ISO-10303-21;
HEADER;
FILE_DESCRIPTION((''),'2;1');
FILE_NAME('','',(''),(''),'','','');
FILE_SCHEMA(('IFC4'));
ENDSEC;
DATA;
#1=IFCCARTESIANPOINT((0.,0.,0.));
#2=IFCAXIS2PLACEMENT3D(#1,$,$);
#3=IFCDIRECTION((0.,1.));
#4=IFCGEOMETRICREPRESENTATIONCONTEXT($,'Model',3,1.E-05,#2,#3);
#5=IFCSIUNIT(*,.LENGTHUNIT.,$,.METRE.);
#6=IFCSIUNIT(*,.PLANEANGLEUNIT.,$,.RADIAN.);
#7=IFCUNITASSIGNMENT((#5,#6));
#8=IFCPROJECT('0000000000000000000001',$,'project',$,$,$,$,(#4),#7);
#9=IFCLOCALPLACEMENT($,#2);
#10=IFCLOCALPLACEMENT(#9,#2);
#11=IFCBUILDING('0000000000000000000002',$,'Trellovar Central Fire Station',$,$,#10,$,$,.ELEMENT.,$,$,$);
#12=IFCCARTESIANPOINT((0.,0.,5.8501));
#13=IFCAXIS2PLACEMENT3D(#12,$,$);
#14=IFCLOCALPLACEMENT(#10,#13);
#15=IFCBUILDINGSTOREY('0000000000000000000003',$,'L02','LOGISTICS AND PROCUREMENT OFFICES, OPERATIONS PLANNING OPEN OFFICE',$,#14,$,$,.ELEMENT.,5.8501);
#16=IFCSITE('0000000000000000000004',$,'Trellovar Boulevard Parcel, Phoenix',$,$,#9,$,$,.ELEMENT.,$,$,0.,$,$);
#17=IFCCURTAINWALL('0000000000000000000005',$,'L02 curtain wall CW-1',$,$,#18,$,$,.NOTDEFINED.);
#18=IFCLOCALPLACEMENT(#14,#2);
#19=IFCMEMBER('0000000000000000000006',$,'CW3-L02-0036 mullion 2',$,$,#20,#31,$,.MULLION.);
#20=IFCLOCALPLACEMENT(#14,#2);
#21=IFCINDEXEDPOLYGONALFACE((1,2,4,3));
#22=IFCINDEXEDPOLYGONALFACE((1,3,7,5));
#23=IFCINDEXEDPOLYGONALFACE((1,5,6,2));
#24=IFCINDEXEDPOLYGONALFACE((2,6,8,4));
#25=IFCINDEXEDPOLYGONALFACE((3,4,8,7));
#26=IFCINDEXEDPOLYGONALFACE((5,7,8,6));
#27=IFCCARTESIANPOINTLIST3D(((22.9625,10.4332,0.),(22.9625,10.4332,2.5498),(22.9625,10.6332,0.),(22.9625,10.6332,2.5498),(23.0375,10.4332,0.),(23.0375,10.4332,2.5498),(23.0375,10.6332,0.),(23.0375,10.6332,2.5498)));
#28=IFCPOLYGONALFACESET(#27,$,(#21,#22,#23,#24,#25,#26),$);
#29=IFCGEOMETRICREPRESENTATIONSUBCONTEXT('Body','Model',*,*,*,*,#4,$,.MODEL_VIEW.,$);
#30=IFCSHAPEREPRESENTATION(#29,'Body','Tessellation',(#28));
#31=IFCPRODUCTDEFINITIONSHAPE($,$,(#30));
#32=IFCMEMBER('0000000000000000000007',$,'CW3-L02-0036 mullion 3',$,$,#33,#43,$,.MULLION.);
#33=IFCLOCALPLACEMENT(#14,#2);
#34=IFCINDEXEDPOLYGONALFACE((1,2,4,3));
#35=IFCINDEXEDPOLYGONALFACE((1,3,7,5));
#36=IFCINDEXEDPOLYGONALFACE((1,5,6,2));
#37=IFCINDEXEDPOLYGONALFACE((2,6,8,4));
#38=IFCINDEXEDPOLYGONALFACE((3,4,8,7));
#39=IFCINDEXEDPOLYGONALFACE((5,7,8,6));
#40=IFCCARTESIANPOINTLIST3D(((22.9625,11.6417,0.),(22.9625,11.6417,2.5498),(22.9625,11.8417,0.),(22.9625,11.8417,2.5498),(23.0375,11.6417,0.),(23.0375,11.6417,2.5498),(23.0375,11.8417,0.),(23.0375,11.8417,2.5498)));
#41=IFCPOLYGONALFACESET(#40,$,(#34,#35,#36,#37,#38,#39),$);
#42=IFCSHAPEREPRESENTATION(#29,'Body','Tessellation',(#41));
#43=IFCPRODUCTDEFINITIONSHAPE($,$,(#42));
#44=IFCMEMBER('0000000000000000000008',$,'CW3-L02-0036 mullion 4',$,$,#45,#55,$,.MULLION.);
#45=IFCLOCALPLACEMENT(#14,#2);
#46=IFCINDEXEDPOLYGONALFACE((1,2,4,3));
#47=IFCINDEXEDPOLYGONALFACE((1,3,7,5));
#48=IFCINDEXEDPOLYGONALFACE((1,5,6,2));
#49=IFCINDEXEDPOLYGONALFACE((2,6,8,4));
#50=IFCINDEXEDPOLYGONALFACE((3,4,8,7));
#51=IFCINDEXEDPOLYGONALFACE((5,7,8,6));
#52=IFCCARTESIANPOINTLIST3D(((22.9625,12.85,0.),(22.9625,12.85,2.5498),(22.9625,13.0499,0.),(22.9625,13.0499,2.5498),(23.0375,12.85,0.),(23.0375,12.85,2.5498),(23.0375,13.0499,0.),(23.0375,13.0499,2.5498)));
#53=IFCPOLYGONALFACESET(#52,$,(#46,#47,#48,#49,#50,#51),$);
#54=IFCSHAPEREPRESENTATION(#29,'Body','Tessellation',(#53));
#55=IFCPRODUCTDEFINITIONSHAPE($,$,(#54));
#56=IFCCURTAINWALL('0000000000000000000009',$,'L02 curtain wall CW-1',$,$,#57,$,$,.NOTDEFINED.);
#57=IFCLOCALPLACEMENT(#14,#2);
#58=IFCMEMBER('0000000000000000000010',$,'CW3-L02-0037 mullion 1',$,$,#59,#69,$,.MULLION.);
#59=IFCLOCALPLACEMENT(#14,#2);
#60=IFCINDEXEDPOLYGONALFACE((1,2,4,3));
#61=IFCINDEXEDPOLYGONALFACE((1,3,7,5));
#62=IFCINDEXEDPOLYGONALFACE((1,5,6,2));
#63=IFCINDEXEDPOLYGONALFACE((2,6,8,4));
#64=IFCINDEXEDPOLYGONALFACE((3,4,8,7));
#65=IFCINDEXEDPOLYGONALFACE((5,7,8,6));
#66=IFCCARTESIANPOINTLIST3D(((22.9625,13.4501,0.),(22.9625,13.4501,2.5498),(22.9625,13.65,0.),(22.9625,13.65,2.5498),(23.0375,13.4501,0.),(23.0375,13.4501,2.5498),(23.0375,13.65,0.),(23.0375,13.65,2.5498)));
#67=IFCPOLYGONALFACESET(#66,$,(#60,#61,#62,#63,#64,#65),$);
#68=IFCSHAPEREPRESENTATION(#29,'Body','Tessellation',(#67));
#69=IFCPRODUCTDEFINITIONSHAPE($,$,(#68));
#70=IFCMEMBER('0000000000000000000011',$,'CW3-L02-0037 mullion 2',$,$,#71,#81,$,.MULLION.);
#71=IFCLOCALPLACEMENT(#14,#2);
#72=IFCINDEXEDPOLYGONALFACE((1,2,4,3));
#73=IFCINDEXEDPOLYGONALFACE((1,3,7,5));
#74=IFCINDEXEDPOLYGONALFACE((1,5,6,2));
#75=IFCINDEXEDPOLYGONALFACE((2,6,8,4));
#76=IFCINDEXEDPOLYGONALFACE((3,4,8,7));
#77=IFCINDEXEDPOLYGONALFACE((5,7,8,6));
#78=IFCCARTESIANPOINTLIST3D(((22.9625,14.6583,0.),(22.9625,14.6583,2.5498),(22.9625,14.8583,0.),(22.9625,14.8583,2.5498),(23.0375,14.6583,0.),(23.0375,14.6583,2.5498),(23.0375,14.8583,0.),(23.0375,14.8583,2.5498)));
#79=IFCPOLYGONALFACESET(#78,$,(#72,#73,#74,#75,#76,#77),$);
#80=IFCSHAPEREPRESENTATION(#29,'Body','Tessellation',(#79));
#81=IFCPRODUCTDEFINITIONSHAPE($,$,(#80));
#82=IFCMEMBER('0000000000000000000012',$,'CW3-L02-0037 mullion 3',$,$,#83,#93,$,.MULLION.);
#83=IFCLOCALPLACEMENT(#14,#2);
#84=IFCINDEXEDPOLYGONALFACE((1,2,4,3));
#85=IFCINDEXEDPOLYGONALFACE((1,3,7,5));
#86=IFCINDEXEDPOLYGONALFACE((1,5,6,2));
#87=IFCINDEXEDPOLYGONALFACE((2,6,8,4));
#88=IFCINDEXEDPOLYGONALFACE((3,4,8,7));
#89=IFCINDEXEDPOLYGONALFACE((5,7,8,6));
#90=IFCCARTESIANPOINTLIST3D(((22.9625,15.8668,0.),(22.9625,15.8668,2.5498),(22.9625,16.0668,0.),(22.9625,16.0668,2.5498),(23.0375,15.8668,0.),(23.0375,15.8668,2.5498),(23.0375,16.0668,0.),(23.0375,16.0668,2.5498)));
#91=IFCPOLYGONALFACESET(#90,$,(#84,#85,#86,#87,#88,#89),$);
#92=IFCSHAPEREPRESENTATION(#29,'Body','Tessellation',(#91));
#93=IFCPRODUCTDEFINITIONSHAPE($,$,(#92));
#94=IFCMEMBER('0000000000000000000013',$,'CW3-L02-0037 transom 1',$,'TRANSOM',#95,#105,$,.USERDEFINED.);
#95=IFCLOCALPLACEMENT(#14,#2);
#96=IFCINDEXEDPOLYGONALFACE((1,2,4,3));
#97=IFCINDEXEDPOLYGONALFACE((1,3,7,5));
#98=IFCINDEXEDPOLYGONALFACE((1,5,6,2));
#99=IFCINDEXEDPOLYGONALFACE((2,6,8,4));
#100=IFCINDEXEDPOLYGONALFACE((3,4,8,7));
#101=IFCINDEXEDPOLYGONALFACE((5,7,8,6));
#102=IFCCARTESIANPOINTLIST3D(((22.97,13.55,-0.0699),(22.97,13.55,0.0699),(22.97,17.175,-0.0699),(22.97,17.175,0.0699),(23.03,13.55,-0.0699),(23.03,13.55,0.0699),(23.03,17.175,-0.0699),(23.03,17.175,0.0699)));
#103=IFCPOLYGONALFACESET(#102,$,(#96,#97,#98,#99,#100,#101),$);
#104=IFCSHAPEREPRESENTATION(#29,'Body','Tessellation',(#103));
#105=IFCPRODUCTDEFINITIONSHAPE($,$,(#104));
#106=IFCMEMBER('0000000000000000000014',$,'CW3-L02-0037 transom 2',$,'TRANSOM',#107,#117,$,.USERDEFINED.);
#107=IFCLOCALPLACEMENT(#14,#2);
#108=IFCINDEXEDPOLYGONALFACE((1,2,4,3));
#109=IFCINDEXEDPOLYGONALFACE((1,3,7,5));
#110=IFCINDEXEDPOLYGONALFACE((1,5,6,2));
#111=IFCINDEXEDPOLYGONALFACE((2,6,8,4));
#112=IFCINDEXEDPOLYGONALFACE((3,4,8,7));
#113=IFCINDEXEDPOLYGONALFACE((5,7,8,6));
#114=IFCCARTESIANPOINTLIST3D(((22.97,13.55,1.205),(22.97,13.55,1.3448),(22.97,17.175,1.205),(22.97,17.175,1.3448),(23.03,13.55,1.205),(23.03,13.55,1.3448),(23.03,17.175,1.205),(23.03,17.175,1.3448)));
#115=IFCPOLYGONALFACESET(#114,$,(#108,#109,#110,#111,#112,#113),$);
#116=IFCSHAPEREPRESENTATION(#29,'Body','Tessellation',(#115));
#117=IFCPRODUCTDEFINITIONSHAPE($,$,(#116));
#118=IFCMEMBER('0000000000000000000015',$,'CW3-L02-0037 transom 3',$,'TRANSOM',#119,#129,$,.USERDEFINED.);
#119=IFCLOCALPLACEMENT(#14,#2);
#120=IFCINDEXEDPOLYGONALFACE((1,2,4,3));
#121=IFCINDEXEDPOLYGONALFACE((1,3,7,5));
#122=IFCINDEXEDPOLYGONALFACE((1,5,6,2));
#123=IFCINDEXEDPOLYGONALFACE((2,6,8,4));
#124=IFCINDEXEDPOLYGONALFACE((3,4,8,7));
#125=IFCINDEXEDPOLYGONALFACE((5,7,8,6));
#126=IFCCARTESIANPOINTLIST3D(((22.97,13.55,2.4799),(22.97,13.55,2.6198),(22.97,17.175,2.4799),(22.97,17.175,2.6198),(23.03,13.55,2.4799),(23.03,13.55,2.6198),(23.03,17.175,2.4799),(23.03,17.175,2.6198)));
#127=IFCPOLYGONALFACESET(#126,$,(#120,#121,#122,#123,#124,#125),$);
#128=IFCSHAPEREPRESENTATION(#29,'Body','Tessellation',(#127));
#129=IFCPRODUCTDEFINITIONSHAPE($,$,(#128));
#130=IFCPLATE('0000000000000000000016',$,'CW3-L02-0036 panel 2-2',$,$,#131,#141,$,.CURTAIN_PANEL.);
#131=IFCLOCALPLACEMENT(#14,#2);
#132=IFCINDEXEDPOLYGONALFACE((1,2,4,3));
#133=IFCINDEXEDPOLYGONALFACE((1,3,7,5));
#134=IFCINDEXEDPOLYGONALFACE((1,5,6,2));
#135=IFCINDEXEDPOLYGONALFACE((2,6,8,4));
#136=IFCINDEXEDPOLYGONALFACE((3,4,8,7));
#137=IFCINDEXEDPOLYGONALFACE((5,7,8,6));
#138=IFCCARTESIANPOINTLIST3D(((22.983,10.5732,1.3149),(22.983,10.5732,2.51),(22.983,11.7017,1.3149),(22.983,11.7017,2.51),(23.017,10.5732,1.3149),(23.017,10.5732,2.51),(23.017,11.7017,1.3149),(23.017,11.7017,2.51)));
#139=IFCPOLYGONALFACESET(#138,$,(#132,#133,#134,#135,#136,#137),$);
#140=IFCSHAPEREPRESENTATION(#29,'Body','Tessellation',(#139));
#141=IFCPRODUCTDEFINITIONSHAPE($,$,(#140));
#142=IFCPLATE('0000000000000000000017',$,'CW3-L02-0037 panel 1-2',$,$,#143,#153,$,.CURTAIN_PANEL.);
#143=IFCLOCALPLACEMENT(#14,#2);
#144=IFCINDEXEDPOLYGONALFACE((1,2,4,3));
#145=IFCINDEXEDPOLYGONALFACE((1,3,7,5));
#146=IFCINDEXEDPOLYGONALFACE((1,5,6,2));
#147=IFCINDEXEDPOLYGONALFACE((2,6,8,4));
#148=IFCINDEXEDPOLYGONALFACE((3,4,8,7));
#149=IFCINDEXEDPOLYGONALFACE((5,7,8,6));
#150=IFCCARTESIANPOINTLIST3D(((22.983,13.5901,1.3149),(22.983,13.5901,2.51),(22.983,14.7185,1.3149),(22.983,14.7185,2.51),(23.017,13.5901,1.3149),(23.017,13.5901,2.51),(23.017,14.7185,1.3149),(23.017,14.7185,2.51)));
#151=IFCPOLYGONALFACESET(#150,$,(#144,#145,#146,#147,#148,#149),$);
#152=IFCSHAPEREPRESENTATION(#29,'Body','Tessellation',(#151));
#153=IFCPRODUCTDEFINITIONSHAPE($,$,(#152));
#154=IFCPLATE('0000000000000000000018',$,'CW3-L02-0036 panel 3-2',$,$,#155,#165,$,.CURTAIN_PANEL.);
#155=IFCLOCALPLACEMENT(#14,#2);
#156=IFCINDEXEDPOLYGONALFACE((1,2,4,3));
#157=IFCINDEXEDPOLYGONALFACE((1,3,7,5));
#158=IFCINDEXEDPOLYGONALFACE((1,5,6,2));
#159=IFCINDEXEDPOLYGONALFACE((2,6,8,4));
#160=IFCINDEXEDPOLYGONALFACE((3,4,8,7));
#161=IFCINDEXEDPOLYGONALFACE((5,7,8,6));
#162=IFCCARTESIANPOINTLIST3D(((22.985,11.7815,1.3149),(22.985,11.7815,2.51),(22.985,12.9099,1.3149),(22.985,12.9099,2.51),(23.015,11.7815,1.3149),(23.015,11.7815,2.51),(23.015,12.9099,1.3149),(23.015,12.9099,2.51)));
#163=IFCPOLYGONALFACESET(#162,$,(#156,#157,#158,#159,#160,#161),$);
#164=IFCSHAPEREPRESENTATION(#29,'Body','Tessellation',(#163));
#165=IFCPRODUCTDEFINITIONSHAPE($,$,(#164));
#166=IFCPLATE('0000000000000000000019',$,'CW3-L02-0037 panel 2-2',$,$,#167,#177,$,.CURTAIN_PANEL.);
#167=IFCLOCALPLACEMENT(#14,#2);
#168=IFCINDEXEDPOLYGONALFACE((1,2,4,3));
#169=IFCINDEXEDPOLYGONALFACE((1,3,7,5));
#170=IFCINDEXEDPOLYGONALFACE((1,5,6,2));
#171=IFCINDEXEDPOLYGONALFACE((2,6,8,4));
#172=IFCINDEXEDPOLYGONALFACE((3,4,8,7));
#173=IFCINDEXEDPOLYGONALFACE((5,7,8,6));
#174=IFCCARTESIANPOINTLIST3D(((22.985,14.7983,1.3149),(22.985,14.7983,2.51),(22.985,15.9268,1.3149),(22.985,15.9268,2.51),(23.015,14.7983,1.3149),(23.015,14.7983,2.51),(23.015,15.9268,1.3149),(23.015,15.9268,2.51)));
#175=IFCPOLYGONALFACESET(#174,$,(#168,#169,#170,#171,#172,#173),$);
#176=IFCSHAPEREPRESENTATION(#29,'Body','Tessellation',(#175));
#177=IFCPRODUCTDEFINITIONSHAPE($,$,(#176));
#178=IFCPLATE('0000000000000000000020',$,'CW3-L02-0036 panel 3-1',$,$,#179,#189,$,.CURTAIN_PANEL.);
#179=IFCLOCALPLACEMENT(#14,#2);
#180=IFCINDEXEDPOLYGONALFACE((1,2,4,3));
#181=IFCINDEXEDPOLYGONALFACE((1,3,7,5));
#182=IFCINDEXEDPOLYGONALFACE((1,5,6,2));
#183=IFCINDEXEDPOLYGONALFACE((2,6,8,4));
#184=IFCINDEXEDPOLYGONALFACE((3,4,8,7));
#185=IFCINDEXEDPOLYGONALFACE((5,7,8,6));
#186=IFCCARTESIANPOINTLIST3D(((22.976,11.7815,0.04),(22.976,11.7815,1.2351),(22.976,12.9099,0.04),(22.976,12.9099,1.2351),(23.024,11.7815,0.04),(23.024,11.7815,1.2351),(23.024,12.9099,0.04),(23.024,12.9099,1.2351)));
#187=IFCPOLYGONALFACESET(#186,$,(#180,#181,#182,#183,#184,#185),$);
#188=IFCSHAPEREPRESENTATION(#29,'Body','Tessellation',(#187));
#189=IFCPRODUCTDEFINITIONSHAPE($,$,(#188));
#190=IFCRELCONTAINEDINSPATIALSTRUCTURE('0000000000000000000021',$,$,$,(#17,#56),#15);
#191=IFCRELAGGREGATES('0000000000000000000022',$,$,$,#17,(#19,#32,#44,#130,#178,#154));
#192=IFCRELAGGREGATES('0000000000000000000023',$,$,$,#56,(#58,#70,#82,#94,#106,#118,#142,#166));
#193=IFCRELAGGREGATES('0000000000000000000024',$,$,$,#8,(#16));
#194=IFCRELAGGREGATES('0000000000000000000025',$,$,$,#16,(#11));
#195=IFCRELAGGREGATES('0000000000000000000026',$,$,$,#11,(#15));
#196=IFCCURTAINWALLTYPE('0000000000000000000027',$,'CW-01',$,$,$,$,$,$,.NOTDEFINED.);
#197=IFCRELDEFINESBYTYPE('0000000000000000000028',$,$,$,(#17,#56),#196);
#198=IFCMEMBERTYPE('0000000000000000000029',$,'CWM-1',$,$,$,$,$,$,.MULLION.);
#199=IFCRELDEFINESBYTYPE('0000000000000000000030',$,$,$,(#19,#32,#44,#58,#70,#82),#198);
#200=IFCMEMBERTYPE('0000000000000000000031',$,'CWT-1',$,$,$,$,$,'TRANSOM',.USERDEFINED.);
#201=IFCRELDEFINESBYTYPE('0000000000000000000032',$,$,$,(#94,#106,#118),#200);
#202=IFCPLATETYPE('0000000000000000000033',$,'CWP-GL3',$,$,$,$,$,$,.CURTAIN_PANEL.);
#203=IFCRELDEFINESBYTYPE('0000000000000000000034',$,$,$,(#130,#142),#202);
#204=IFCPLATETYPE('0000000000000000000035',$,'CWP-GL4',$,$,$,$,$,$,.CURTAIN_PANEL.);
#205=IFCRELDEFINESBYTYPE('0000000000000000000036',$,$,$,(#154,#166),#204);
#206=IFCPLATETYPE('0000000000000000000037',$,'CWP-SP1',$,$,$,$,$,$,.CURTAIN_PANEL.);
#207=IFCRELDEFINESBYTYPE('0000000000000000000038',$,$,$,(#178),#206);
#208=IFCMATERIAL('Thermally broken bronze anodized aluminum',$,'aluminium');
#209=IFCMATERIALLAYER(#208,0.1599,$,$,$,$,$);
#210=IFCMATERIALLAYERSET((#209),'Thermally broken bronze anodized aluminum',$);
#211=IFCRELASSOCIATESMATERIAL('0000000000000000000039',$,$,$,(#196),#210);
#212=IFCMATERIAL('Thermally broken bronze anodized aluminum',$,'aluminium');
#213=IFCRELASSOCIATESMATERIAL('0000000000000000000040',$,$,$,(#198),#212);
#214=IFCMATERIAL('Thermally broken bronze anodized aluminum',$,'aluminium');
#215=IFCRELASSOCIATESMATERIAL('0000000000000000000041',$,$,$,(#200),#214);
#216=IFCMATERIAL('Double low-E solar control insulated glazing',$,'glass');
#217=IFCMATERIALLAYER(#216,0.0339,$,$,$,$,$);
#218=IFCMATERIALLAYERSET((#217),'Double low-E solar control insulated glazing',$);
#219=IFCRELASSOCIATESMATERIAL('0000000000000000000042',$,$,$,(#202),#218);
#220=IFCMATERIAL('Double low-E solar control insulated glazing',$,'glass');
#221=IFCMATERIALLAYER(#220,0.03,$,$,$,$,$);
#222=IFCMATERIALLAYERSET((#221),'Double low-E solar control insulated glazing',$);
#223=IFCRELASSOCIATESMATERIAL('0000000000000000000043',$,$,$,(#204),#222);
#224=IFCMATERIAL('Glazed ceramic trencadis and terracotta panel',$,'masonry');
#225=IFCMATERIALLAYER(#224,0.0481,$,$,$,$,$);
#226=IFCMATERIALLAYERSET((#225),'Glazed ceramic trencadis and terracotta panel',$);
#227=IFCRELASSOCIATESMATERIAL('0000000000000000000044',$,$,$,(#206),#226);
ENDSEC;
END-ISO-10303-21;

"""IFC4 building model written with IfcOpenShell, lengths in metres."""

from ifc_helpers import new_model, si_unit, direction, frame, origin, origin_2d, place, context, subcontext, project, spatial, rectangle, extrude, material, layer, layer_set, material_profile, profile_set, type_object, element, aggregate, save


model = new_model("IFC4")

# Units and contexts
model_context = context("Model", 3, precision=1e-05, world=origin(), true_north=direction((0.0, 1.0)))
body_context = subcontext(model_context, "Body", "Model", "MODEL_VIEW")
ifc_project = project(units=[si_unit("LENGTHUNIT", "METRE"), si_unit("PLANEANGLEUNIT", "RADIAN")], contexts=[model_context])

# Site, building, storey
site_placement = place(None, origin())
site = spatial("IfcSite", under=ifc_project, at=site_placement, Name="Trellovar Boulevard Parcel, Phoenix", CompositionType="ELEMENT", RefElevation=0.0)
building_placement = place(site_placement, origin())
building = spatial("IfcBuilding", under=site, at=building_placement, Name="Trellovar Central Fire Station", CompositionType="ELEMENT")
storey_placement = place(building_placement, frame((0.0, 0.0, 5.8501)))
storey = spatial("IfcBuildingStorey", under=building, at=storey_placement, Name="L02", Description="LOGISTICS AND PROCUREMENT OFFICES, OPERATIONS PLANNING OPEN OFFICE", CompositionType="ELEMENT", Elevation=5.8501)

# Curtain walls, members
ifc_material_1 = material(Name="Thermally broken bronze anodized aluminum", Category="aluminium")
ifc_layer_1 = layer(ifc_material_1, 0.1599)
ifc_layer_set_1 = layer_set([ifc_layer_1], Name="Thermally broken bronze anodized aluminum")
curtain_wall_type = type_object("IfcCurtainWallType", Name="CW-01", PredefinedType="NOTDEFINED", material=ifc_layer_set_1)
curtain_wall_1_placement = place(storey_placement, origin())
curtain_wall_1 = element("IfcCurtainWall", 1, at=curtain_wall_1_placement, inside=storey, type_object=curtain_wall_type, Name="L02 curtain wall CW-1", PredefinedType="NOTDEFINED")
ifc_material_2 = material(Name="Thermally broken bronze anodized aluminum", Category="aluminium")
ifc_material_profile_1 = material_profile(ifc_material_2, rectangle(XDim=0.075, YDim=0.2, at=origin_2d()), Name="ALU75X200")
ifc_profile_set_1 = profile_set([ifc_material_profile_1], Name="Thermally broken bronze anodized aluminum")
member_type_1 = type_object("IfcMemberType", Name="CWM-1", PredefinedType="MULLION", material=ifc_profile_set_1)
member_1_placement = place(storey_placement, frame((23.0, 10.5332, 0.0), z_axis=(0.0, 0.0, 1.0), x_axis=(1.0, 0.0, 0.0)))
member_1 = element("IfcMember", 2, at=member_1_placement, type_object=member_type_1, Name="CW3-L02-0036 mullion 2", PredefinedType="MULLION", context=body_context, shape_type="SweptSolid", body=[
    extrude(rectangle(XDim=0.075, YDim=0.2, at=origin_2d()), origin(), (0.0, 0.0, 1.0), 2.5498),
])
member_2_placement = place(storey_placement, frame((23.0, 11.7417, 0.0), z_axis=(0.0, 0.0, 1.0), x_axis=(1.0, 0.0, 0.0)))
member_2 = element("IfcMember", 3, at=member_2_placement, type_object=member_type_1, Name="CW3-L02-0036 mullion 3", PredefinedType="MULLION", context=body_context, shape_type="SweptSolid", body=[
    extrude(rectangle(XDim=0.075, YDim=0.2, at=origin_2d()), origin(), (0.0, 0.0, 1.0), 2.5498),
])
member_3_placement = place(storey_placement, frame((23.0, 12.95, 0.0), z_axis=(0.0, 0.0, 1.0), x_axis=(1.0, 0.0, 0.0)))
member_3 = element("IfcMember", 4, at=member_3_placement, type_object=member_type_1, Name="CW3-L02-0036 mullion 4", PredefinedType="MULLION", context=body_context, shape_type="SweptSolid", body=[
    extrude(rectangle(XDim=0.075, YDim=0.2, at=origin_2d()), origin(), (0.0, 0.0, 1.0), 2.5498),
])
curtain_wall_2_placement = place(storey_placement, origin())
curtain_wall_2 = element("IfcCurtainWall", 5, at=curtain_wall_2_placement, inside=storey, type_object=curtain_wall_type, Name="L02 curtain wall CW-1", PredefinedType="NOTDEFINED")
member_4_placement = place(storey_placement, frame((23.0, 13.55, 0.0), z_axis=(0.0, 0.0, 1.0), x_axis=(1.0, 0.0, 0.0)))
member_4 = element("IfcMember", 6, at=member_4_placement, type_object=member_type_1, Name="CW3-L02-0037 mullion 1", PredefinedType="MULLION", context=body_context, shape_type="SweptSolid", body=[
    extrude(rectangle(XDim=0.075, YDim=0.2, at=origin_2d()), origin(), (0.0, 0.0, 1.0), 2.5498),
])
member_5_placement = place(storey_placement, frame((23.0, 14.7583, 0.0), z_axis=(0.0, 0.0, 1.0), x_axis=(1.0, 0.0, 0.0)))
member_5 = element("IfcMember", 7, at=member_5_placement, type_object=member_type_1, Name="CW3-L02-0037 mullion 2", PredefinedType="MULLION", context=body_context, shape_type="SweptSolid", body=[
    extrude(rectangle(XDim=0.075, YDim=0.2, at=origin_2d()), origin(), (0.0, 0.0, 1.0), 2.5498),
])
member_6_placement = place(storey_placement, frame((23.0, 15.9668, 0.0), z_axis=(0.0, 0.0, 1.0), x_axis=(1.0, 0.0, 0.0)))
member_6 = element("IfcMember", 8, at=member_6_placement, type_object=member_type_1, Name="CW3-L02-0037 mullion 3", PredefinedType="MULLION", context=body_context, shape_type="SweptSolid", body=[
    extrude(rectangle(XDim=0.075, YDim=0.2, at=origin_2d()), origin(), (0.0, 0.0, 1.0), 2.5498),
])
ifc_material_3 = material(Name="Thermally broken bronze anodized aluminum", Category="aluminium")
ifc_material_profile_2 = material_profile(ifc_material_3, rectangle(XDim=0.0601, YDim=0.1399, at=origin_2d()), Name="ALU60X140")
ifc_profile_set_2 = profile_set([ifc_material_profile_2], Name="Thermally broken bronze anodized aluminum")
member_type_2 = type_object("IfcMemberType", Name="CWT-1", ElementType="TRANSOM", PredefinedType="USERDEFINED", material=ifc_profile_set_2)
member_7_placement = place(storey_placement, frame((23.0, 13.55, 0.0), z_axis=(0.0, 1.0, 0.0), x_axis=(-1.0, 0.0, 0.0)))
member_7 = element("IfcMember", 9, at=member_7_placement, type_object=member_type_2, Name="CW3-L02-0037 transom 1", ObjectType="TRANSOM", PredefinedType="USERDEFINED", context=body_context, shape_type="SweptSolid", body=[
    extrude(rectangle(XDim=0.0601, YDim=0.1399, at=origin_2d()), origin(), (0.0, 0.0, 1.0), 3.625),
])
member_8_placement = place(storey_placement, frame((23.0, 13.55, 1.2749), z_axis=(0.0, 1.0, 0.0), x_axis=(-1.0, 0.0, 0.0)))
member_8 = element("IfcMember", 10, at=member_8_placement, type_object=member_type_2, Name="CW3-L02-0037 transom 2", ObjectType="TRANSOM", PredefinedType="USERDEFINED", context=body_context, shape_type="SweptSolid", body=[
    extrude(rectangle(XDim=0.0601, YDim=0.1399, at=origin_2d()), origin(), (0.0, 0.0, 1.0), 3.625),
])
member_9_placement = place(storey_placement, frame((23.0, 13.55, 2.5498), z_axis=(0.0, 1.0, 0.0), x_axis=(-1.0, 0.0, 0.0)))
member_9 = element("IfcMember", 11, at=member_9_placement, type_object=member_type_2, Name="CW3-L02-0037 transom 3", ObjectType="TRANSOM", PredefinedType="USERDEFINED", context=body_context, shape_type="SweptSolid", body=[
    extrude(rectangle(XDim=0.0601, YDim=0.1399, at=origin_2d()), origin(), (0.0, 0.0, 1.0), 3.625),
])

# Plates
ifc_material_4 = material(Name="Double low-E solar control insulated glazing", Category="glass")
ifc_layer_2 = layer(ifc_material_4, 0.0339)
ifc_layer_set_2 = layer_set([ifc_layer_2], Name="Double low-E solar control insulated glazing")
plate_type_1 = type_object("IfcPlateType", Name="CWP-GL3", PredefinedType="CURTAIN_PANEL", material=ifc_layer_set_2)
plate_1_placement = place(storey_placement, frame((23.0, 11.1375, 1.3149), z_axis=(0.0, 0.0, 1.0), x_axis=(0.0, 1.0, 0.0)))
plate_1 = element("IfcPlate", 12, at=plate_1_placement, type_object=plate_type_1, Name="CW3-L02-0036 panel 2-2", PredefinedType="CURTAIN_PANEL", context=body_context, shape_type="SweptSolid", body=[
    extrude(rectangle(XDim=1.1284, YDim=0.0339, at=origin_2d()), origin(), (0.0, 0.0, 1.0), 1.1951),
])
plate_2_placement = place(storey_placement, frame((23.0, 14.1543, 1.3149), z_axis=(0.0, 0.0, 1.0), x_axis=(0.0, 1.0, 0.0)))
plate_2 = element("IfcPlate", 13, at=plate_2_placement, type_object=plate_type_1, Name="CW3-L02-0037 panel 1-2", PredefinedType="CURTAIN_PANEL", context=body_context, shape_type="SweptSolid", body=[
    extrude(rectangle(XDim=1.1284, YDim=0.0339, at=origin_2d()), origin(), (0.0, 0.0, 1.0), 1.1951),
])
ifc_material_5 = material(Name="Double low-E solar control insulated glazing", Category="glass")
ifc_layer_3 = layer(ifc_material_5, 0.03)
ifc_layer_set_3 = layer_set([ifc_layer_3], Name="Double low-E solar control insulated glazing")
plate_type_2 = type_object("IfcPlateType", Name="CWP-GL4", PredefinedType="CURTAIN_PANEL", material=ifc_layer_set_3)
plate_3_placement = place(storey_placement, frame((23.0, 12.3457, 1.3149), z_axis=(0.0, 0.0, 1.0), x_axis=(0.0, 1.0, 0.0)))
plate_3 = element("IfcPlate", 14, at=plate_3_placement, type_object=plate_type_2, Name="CW3-L02-0036 panel 3-2", PredefinedType="CURTAIN_PANEL", context=body_context, shape_type="SweptSolid", body=[
    extrude(rectangle(XDim=1.1284, YDim=0.03, at=origin_2d()), origin(), (0.0, 0.0, 1.0), 1.1951),
])
plate_4_placement = place(storey_placement, frame((23.0, 15.3625, 1.3149), z_axis=(0.0, 0.0, 1.0), x_axis=(0.0, 1.0, 0.0)))
plate_4 = element("IfcPlate", 15, at=plate_4_placement, type_object=plate_type_2, Name="CW3-L02-0037 panel 2-2", PredefinedType="CURTAIN_PANEL", context=body_context, shape_type="SweptSolid", body=[
    extrude(rectangle(XDim=1.1284, YDim=0.03, at=origin_2d()), origin(), (0.0, 0.0, 1.0), 1.1951),
])
ifc_material_6 = material(Name="Glazed ceramic trencadis and terracotta panel", Category="masonry")
ifc_layer_4 = layer(ifc_material_6, 0.0481)
ifc_layer_set_4 = layer_set([ifc_layer_4], Name="Glazed ceramic trencadis and terracotta panel")
plate_type_3 = type_object("IfcPlateType", Name="CWP-SP1", PredefinedType="CURTAIN_PANEL", material=ifc_layer_set_4)
plate_5_placement = place(storey_placement, frame((23.0, 12.3457, 0.04), z_axis=(0.0, 0.0, 1.0), x_axis=(0.0, 1.0, 0.0)))
plate_5 = element("IfcPlate", 16, at=plate_5_placement, type_object=plate_type_3, Name="CW3-L02-0036 panel 3-1", PredefinedType="CURTAIN_PANEL", context=body_context, shape_type="SweptSolid", body=[
    extrude(rectangle(XDim=1.1284, YDim=0.0481, at=origin_2d()), origin(), (0.0, 0.0, 1.0), 1.1951),
])
aggregate(curtain_wall_1, [member_1, member_2, member_3, plate_1, plate_5, plate_3])
aggregate(curtain_wall_2, [member_4, member_5, member_6, member_7, member_8, member_9, plate_2, plate_4])

save(model, "model.ifc")
